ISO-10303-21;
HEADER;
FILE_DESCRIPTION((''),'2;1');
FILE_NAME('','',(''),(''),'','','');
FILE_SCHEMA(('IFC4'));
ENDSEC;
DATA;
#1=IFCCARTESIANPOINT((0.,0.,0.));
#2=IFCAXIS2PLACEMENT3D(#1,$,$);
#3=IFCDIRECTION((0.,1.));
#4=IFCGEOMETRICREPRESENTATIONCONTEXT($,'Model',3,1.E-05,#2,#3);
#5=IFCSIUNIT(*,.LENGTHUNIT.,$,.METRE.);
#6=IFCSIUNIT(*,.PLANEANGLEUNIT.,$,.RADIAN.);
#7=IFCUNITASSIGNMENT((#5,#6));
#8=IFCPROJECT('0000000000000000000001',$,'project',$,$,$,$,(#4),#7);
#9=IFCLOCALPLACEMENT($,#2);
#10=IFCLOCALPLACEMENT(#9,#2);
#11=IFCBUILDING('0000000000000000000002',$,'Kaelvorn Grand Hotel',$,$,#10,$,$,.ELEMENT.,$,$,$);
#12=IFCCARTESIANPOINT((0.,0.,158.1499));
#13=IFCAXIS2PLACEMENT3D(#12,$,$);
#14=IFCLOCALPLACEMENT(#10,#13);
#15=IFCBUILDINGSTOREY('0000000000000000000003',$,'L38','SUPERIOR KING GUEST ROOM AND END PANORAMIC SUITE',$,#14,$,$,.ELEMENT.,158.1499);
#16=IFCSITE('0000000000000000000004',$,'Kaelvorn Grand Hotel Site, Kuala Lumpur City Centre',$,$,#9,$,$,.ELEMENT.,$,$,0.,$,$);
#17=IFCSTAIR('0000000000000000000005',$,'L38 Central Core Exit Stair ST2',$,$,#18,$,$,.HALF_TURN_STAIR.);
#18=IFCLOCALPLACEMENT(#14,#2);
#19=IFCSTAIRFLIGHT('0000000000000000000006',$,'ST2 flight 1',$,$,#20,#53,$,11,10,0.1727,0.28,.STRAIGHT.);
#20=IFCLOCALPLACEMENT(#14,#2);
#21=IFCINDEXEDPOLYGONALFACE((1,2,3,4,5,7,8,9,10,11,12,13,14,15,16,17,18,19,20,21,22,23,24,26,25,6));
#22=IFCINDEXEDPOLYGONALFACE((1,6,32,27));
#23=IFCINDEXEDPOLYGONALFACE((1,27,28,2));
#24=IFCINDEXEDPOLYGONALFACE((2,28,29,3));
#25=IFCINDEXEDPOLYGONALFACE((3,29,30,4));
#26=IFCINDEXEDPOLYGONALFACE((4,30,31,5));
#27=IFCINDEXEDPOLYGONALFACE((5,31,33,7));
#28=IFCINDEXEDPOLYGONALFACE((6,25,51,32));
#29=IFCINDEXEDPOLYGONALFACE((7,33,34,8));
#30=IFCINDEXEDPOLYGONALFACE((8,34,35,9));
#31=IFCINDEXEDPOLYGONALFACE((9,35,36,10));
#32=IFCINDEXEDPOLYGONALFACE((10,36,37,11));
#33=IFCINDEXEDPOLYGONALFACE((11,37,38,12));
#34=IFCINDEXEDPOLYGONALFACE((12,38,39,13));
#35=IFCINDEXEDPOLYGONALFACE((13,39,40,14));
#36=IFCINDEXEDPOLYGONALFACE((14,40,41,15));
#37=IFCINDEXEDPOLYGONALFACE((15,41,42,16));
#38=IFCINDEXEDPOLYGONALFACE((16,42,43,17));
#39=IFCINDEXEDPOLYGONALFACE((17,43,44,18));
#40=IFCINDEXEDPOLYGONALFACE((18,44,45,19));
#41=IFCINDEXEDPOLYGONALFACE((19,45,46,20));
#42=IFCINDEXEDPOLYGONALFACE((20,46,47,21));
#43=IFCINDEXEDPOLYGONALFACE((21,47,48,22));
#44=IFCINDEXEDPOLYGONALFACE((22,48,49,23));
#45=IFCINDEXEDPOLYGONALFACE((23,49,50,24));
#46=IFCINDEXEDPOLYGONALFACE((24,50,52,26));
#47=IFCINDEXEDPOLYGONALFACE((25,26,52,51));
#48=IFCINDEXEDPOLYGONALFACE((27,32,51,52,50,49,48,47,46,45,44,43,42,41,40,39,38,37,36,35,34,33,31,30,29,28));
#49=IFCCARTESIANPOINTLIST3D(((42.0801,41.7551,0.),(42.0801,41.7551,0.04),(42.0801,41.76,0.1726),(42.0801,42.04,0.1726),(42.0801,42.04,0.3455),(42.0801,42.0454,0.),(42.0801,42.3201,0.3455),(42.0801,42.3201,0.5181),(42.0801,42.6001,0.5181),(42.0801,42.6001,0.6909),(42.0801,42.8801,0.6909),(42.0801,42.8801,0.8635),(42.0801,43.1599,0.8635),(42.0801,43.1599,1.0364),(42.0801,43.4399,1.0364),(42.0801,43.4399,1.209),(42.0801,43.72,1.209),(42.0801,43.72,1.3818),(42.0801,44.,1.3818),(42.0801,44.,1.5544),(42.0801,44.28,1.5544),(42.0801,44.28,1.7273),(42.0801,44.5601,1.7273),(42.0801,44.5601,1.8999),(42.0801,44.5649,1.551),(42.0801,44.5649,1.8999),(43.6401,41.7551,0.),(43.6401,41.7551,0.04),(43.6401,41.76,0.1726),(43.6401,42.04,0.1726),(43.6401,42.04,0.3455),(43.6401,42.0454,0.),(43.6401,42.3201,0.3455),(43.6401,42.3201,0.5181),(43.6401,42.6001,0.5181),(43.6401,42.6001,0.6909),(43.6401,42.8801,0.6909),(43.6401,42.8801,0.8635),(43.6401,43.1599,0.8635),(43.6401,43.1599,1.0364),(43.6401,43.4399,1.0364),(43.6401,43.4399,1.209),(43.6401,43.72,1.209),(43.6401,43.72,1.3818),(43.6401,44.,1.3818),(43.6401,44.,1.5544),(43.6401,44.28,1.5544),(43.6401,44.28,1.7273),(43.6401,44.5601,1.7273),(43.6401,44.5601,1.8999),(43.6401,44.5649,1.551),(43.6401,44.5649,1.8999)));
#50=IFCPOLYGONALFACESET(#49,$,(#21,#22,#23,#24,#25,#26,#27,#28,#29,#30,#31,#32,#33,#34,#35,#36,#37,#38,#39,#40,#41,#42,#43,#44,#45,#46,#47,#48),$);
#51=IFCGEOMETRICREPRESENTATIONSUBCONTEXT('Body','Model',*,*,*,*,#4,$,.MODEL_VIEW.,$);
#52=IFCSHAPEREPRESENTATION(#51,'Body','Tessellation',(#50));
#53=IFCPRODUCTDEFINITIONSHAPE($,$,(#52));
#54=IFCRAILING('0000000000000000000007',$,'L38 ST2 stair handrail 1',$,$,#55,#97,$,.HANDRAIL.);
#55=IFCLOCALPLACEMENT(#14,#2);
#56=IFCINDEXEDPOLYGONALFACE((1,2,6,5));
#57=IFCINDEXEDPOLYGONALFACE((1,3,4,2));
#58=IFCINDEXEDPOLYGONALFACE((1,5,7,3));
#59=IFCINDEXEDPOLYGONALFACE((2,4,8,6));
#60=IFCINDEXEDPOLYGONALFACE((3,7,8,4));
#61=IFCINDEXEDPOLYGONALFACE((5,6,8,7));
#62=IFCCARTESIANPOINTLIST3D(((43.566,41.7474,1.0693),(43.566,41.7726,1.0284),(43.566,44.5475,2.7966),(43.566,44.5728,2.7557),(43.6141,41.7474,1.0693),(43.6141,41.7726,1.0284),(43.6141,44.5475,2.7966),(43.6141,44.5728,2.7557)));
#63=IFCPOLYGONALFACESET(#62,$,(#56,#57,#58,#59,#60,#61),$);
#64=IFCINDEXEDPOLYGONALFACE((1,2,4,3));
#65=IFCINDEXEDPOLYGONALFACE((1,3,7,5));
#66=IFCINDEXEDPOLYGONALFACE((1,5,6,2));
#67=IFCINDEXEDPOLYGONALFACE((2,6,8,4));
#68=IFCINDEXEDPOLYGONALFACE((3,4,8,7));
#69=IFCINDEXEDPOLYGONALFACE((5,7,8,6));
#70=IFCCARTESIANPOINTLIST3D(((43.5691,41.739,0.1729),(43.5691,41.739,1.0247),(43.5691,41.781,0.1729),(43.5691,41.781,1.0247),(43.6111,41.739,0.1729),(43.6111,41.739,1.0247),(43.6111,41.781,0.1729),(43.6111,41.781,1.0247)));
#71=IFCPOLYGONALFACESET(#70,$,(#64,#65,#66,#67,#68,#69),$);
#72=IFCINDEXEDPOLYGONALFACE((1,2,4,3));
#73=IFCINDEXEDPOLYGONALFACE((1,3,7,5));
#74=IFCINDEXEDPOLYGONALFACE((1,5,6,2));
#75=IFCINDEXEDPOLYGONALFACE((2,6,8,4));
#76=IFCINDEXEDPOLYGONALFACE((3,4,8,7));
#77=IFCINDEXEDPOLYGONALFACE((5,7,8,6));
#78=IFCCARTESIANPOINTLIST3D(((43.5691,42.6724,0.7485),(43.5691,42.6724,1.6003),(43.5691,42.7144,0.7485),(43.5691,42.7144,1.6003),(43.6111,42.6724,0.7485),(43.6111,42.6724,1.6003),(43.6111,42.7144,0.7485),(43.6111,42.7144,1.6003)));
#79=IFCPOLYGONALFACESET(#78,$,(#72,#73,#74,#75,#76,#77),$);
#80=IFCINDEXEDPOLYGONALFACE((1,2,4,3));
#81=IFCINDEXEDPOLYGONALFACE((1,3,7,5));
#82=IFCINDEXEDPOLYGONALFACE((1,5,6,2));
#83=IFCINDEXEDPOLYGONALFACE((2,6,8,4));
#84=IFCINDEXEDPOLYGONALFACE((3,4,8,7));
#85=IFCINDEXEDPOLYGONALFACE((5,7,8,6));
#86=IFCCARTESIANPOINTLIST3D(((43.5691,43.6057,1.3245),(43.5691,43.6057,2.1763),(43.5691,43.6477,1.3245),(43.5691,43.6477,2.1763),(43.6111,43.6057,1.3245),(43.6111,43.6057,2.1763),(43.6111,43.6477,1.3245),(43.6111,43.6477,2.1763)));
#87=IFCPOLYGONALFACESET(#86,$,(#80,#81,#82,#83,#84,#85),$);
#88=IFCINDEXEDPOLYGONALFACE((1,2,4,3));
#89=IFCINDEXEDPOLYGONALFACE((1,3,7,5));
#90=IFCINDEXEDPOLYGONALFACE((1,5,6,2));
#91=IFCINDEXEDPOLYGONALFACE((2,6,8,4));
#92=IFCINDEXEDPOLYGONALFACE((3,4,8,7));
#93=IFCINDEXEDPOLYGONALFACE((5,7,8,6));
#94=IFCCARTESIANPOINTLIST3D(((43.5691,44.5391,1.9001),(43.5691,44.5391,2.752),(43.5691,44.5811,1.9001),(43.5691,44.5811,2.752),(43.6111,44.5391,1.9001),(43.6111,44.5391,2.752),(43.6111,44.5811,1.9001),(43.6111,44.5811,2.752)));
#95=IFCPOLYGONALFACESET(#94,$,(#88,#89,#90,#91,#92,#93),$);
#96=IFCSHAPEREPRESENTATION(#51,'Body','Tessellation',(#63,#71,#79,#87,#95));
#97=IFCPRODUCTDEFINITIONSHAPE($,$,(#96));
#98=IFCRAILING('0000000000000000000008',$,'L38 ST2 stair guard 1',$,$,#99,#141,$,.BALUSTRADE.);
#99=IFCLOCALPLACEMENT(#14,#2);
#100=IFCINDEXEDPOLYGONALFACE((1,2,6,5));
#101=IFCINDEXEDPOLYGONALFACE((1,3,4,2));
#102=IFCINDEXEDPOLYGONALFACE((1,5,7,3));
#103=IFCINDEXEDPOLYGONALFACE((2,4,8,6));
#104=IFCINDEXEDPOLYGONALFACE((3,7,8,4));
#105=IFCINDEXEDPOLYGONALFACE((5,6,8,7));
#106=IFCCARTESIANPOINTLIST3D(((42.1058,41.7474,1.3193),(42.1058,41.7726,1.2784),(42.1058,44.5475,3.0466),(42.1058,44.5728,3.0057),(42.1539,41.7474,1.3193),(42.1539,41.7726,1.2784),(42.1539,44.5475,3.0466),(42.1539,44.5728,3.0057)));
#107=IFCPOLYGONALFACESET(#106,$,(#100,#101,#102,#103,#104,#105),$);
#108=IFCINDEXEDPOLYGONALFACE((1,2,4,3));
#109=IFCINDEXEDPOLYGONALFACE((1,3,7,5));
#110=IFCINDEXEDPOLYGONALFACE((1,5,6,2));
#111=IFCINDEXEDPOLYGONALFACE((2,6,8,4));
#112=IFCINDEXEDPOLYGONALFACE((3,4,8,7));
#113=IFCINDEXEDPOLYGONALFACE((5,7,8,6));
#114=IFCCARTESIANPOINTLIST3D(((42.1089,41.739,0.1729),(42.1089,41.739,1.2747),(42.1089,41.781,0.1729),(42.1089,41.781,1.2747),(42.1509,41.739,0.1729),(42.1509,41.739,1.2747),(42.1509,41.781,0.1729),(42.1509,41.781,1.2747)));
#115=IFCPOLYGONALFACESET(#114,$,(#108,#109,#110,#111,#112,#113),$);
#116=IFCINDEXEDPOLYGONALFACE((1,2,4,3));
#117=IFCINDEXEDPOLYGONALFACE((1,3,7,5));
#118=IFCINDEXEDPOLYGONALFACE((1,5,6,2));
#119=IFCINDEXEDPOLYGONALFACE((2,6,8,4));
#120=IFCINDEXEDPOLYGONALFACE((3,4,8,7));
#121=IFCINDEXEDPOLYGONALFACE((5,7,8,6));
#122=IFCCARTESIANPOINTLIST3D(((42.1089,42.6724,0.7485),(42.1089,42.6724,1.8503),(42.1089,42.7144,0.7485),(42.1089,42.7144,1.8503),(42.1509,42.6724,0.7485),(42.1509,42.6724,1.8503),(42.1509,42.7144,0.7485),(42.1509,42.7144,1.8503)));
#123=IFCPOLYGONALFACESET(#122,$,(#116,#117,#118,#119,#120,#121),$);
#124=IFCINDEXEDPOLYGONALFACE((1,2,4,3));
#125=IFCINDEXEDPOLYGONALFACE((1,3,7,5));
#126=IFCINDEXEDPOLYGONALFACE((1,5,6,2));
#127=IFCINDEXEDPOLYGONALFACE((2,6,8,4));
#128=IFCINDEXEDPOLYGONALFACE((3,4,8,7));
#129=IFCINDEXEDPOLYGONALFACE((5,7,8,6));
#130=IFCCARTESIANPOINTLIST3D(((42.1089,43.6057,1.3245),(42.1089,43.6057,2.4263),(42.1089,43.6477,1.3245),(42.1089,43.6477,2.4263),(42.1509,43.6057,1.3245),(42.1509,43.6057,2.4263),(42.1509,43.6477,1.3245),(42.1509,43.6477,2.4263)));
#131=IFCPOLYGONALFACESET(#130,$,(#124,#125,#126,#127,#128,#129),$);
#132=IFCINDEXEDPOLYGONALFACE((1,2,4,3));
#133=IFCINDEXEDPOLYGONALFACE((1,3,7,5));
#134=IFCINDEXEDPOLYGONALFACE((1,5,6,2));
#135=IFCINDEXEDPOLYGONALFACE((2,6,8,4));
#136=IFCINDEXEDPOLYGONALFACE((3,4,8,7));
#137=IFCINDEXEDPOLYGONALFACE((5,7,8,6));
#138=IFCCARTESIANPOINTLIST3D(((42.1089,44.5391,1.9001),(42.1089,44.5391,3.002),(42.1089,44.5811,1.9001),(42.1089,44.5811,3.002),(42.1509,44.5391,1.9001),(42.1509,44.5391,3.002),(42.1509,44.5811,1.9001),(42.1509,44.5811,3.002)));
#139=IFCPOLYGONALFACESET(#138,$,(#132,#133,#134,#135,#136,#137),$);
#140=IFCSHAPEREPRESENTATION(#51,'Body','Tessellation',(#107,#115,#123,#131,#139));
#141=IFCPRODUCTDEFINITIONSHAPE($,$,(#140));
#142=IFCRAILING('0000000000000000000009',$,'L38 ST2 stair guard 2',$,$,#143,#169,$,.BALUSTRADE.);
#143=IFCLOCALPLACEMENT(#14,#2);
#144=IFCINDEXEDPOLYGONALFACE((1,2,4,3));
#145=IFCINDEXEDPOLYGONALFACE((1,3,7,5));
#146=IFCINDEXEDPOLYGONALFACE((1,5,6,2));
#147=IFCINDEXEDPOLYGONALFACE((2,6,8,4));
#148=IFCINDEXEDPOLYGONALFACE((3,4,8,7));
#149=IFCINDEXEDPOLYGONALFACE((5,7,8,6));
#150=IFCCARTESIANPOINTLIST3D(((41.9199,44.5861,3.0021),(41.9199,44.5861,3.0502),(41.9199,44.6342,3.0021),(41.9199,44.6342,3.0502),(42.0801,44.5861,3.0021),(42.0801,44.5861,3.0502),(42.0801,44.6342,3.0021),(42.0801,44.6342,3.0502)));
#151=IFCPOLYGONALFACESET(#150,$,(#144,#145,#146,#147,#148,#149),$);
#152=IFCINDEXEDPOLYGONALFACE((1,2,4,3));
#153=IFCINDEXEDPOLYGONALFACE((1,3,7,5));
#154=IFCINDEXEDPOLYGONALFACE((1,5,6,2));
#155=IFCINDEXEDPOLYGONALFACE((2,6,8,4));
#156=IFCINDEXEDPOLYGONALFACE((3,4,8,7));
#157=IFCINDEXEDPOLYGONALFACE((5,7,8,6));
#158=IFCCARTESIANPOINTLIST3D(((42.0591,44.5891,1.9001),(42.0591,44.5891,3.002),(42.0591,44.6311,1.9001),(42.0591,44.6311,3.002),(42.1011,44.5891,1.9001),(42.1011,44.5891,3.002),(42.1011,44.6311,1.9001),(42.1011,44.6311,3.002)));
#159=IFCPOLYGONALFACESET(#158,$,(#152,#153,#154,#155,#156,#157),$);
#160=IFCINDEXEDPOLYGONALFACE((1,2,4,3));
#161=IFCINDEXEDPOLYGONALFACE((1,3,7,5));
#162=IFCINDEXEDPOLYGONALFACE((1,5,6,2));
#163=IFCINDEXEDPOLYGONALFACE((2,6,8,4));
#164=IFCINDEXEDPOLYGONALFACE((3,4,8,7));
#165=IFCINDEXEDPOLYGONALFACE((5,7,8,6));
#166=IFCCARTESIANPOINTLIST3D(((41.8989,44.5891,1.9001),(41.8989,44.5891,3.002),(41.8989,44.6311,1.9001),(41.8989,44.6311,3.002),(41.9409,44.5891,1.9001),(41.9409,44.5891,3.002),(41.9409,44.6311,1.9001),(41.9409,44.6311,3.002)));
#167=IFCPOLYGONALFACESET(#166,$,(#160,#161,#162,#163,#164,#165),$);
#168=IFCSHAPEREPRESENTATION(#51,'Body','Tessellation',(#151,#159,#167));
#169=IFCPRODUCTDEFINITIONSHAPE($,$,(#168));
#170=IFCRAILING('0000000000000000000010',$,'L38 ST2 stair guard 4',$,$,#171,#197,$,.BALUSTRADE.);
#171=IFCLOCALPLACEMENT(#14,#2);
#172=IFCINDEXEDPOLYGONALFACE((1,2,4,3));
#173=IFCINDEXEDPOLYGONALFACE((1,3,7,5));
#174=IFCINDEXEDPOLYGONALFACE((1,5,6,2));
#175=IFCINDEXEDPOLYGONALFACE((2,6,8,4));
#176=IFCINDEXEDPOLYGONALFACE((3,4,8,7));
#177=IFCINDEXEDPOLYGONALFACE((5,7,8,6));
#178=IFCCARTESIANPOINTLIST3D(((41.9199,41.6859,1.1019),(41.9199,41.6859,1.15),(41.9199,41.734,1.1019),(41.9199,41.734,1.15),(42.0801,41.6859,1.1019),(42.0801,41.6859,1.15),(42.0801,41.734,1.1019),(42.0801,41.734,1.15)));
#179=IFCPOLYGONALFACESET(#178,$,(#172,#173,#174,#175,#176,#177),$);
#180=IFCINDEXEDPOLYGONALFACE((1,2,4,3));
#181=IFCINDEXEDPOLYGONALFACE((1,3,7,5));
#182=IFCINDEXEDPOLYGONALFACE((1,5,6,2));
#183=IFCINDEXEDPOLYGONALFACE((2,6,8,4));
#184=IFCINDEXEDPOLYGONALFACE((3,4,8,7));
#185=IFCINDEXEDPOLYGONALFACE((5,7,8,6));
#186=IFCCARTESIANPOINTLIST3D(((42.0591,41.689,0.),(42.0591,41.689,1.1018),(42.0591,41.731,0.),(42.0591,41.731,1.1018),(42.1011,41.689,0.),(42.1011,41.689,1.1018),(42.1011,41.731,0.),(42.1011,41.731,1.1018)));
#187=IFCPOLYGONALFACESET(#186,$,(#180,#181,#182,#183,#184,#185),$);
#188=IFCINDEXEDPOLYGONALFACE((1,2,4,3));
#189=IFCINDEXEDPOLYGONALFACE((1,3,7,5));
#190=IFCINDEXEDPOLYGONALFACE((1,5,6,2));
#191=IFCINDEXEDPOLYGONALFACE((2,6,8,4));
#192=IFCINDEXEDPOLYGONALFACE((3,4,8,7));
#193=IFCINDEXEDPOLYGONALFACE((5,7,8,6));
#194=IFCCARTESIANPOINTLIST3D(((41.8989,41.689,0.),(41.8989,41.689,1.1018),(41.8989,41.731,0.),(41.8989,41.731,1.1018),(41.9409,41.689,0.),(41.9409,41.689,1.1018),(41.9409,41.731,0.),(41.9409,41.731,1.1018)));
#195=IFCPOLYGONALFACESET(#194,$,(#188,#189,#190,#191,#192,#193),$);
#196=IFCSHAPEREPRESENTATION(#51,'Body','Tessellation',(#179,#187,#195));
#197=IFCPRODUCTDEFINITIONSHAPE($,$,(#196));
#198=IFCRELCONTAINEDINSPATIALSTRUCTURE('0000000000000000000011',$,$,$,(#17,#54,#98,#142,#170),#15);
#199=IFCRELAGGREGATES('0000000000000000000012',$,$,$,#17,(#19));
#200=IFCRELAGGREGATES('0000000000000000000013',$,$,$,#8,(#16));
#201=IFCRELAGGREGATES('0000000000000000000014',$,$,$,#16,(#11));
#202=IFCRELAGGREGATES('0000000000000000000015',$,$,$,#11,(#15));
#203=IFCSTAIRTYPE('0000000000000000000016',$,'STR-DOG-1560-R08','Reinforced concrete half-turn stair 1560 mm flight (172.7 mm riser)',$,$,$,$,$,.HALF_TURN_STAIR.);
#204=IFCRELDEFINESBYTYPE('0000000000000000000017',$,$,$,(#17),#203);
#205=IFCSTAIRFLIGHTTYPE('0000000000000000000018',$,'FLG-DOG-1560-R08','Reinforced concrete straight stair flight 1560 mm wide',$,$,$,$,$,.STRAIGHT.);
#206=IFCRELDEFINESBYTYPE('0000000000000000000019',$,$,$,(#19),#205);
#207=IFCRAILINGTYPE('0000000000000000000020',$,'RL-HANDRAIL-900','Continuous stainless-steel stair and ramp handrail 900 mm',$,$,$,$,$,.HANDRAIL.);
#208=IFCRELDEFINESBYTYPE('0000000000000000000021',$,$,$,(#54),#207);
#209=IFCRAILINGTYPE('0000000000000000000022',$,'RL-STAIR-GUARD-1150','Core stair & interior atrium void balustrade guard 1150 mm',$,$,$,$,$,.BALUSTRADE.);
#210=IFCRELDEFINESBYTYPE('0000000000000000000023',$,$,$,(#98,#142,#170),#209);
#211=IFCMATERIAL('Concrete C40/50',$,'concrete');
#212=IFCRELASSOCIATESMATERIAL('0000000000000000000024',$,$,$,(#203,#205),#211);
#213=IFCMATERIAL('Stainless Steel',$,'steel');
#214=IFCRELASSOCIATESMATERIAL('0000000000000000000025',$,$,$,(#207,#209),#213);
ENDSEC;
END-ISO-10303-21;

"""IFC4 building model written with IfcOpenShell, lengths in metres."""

from ifc_helpers import new_model, si_unit, direction, frame, origin, origin_2d, place, context, subcontext, project, spatial, polyline, rectangle, outline, extrude, material, type_object, element, aggregate, save


model = new_model("IFC4")

# Units and contexts
model_context = context("Model", 3, precision=1e-05, world=origin(), true_north=direction((0.0, 1.0)))
body_context = subcontext(model_context, "Body", "Model", "MODEL_VIEW")
ifc_project = project(units=[si_unit("LENGTHUNIT", "METRE"), si_unit("PLANEANGLEUNIT", "RADIAN")], contexts=[model_context])

# Site, building, storey
site_placement = place(None, origin())
site = spatial("IfcSite", under=ifc_project, at=site_placement, Name="Kaelvorn Grand Hotel Site, Kuala Lumpur City Centre", CompositionType="ELEMENT", RefElevation=0.0)
building_placement = place(site_placement, origin())
building = spatial("IfcBuilding", under=site, at=building_placement, Name="Kaelvorn Grand Hotel", CompositionType="ELEMENT")
storey_placement = place(building_placement, frame((0.0, 0.0, 158.1499)))
storey = spatial("IfcBuildingStorey", under=building, at=storey_placement, Name="L38", Description="SUPERIOR KING GUEST ROOM AND END PANORAMIC SUITE", CompositionType="ELEMENT", Elevation=158.1499)

# Shared definitions
ifc_material_1 = material(Name="Concrete C40/50", Category="concrete")

# Shared definitions
ifc_material_2 = material(Name="Stainless Steel", Category="steel")

# Stair, stair flight
stair_type = type_object("IfcStairType", Name="STR-DOG-1560-R08", Description="Reinforced concrete half-turn stair 1560 mm flight (172.7 mm riser)", PredefinedType="HALF_TURN_STAIR", material=ifc_material_1)
stair_placement = place(storey_placement, origin())
stair = element("IfcStair", 1, at=stair_placement, inside=storey, type_object=stair_type, Name="L38 Central Core Exit Stair ST2", PredefinedType="HALF_TURN_STAIR")
stair_flight_type = type_object("IfcStairFlightType", Name="FLG-DOG-1560-R08", Description="Reinforced concrete straight stair flight 1560 mm wide", PredefinedType="STRAIGHT", material=ifc_material_1)
stair_flight_placement = place(storey_placement, frame((42.8601, 41.76, 0.0), z_axis=(0.0, 0.0, 1.0), x_axis=(0.0, 1.0, 0.0)))
stair_flight = element("IfcStairFlight", 2, at=stair_flight_placement, type_object=stair_flight_type, Name="ST2 flight 1", NumberOfRisers=11, NumberOfTreads=10, PredefinedType="STRAIGHT", RiserHeight=0.1727, TreadLength=0.28, context=body_context, shape_type="SweptSolid", body=[
    extrude(outline(polyline([(-0.0049, 0.0), (-0.0049, 0.04), (0.0, 0.1726), (0.28, 0.1726), (0.28, 0.3455), (0.5601, 0.3455), (0.5601, 0.5181), (0.8401, 0.5181), (0.8401, 0.6909), (1.1201, 0.6909), (1.1201, 0.8635), (1.3999, 0.8635), (1.3999, 1.0364), (1.6799, 1.0364), (1.6799, 1.209), (1.96, 1.209), (1.96, 1.3818), (2.24, 1.3818), (2.24, 1.5544), (2.52, 1.5544), (2.52, 1.7273), (2.8, 1.7273), (2.8, 1.8999), (2.8049, 1.8999), (2.8049, 1.551), (0.2854, 0.0), (-0.0049, 0.0)])), frame((0.0, 0.78, 0.0), z_axis=(0.0, -1.0, 0.0), x_axis=(1.0, 0.0, 0.0)), (0.0, 0.0, 1.0), 1.5601),
])
aggregate(stair, [stair_flight])

# Railings
railing_type_1 = type_object("IfcRailingType", Name="RL-HANDRAIL-900", Description="Continuous stainless-steel stair and ramp handrail 900 mm", PredefinedType="HANDRAIL", material=ifc_material_2)
railing_1_placement = place(storey_placement, frame((43.5901, 41.76, 0.1729)))
element("IfcRailing", 3, at=railing_1_placement, inside=storey, type_object=railing_type_1, Name="L38 ST2 stair handrail 1", PredefinedType="HANDRAIL", context=body_context, shape_type="SweptSolid", body=[
    extrude(rectangle(XDim=0.0481, YDim=0.0481, at=origin_2d()), frame((0.0, 0.0, 0.876), z_axis=(0.0, 0.85109, 0.52502), x_axis=(-1.0, 0.0, 0.0)), (0.0, 0.0, 1.0), 3.29),
    extrude(rectangle(XDim=0.042, YDim=0.042, at=origin_2d()), origin(), (0.0, 0.0, 1.0), 0.8518),
    extrude(rectangle(XDim=0.042, YDim=0.042, at=origin_2d()), frame((0.0, 0.9333, 0.5757)), (0.0, 0.0, 1.0), 0.8518),
    extrude(rectangle(XDim=0.042, YDim=0.042, at=origin_2d()), frame((0.0, 1.8667, 1.1516)), (0.0, 0.0, 1.0), 0.8518),
    extrude(rectangle(XDim=0.042, YDim=0.042, at=origin_2d()), frame((0.0, 2.8, 1.7273)), (0.0, 0.0, 1.0), 0.8518),
])
railing_type_2 = type_object("IfcRailingType", Name="RL-STAIR-GUARD-1150", Description="Core stair & interior atrium void balustrade guard 1150 mm", PredefinedType="BALUSTRADE", material=ifc_material_2)
railing_2_placement = place(storey_placement, frame((42.1299, 41.76, 0.1729)))
element("IfcRailing", 4, at=railing_2_placement, inside=storey, type_object=railing_type_2, Name="L38 ST2 stair guard 1", PredefinedType="BALUSTRADE", context=body_context, shape_type="SweptSolid", body=[
    extrude(rectangle(XDim=0.0481, YDim=0.0481, at=origin_2d()), frame((0.0, 0.0, 1.126), z_axis=(0.0, 0.85109, 0.52502), x_axis=(-1.0, 0.0, 0.0)), (0.0, 0.0, 1.0), 3.29),
    extrude(rectangle(XDim=0.042, YDim=0.042, at=origin_2d()), origin(), (0.0, 0.0, 1.0), 1.1018),
    extrude(rectangle(XDim=0.042, YDim=0.042, at=origin_2d()), frame((0.0, 0.9333, 0.5757)), (0.0, 0.0, 1.0), 1.1018),
    extrude(rectangle(XDim=0.042, YDim=0.042, at=origin_2d()), frame((0.0, 1.8667, 1.1516)), (0.0, 0.0, 1.0), 1.1018),
    extrude(rectangle(XDim=0.042, YDim=0.042, at=origin_2d()), frame((0.0, 2.8, 1.7273)), (0.0, 0.0, 1.0), 1.1018),
])
for number, where, name in (
    (5, (42.0801, 44.6101, 1.9001), "L38 ST2 stair guard 2"),
    (6, (42.0801, 41.71, 0.0), "L38 ST2 stair guard 4"),
):
    element("IfcRailing", number, at=place(storey_placement, frame(where)), inside=storey, type_object=railing_type_2, Name=name, PredefinedType="BALUSTRADE", context=body_context, shape_type="SweptSolid", body=[
        extrude(rectangle(XDim=0.0481, YDim=0.0481, at=origin_2d()), frame((0.0, 0.0, 1.126), z_axis=(-1.0, 0.0, 0.0), x_axis=(0.0, -1.0, 0.0)), (0.0, 0.0, 1.0), 0.1602),
        extrude(rectangle(XDim=0.042, YDim=0.042, at=origin_2d()), origin(), (0.0, 0.0, 1.0), 1.1018),
        extrude(rectangle(XDim=0.042, YDim=0.042, at=origin_2d()), frame((-0.1602, 0.0, 0.0)), (0.0, 0.0, 1.0), 1.1018),
    ])

save(model, "model.ifc")
